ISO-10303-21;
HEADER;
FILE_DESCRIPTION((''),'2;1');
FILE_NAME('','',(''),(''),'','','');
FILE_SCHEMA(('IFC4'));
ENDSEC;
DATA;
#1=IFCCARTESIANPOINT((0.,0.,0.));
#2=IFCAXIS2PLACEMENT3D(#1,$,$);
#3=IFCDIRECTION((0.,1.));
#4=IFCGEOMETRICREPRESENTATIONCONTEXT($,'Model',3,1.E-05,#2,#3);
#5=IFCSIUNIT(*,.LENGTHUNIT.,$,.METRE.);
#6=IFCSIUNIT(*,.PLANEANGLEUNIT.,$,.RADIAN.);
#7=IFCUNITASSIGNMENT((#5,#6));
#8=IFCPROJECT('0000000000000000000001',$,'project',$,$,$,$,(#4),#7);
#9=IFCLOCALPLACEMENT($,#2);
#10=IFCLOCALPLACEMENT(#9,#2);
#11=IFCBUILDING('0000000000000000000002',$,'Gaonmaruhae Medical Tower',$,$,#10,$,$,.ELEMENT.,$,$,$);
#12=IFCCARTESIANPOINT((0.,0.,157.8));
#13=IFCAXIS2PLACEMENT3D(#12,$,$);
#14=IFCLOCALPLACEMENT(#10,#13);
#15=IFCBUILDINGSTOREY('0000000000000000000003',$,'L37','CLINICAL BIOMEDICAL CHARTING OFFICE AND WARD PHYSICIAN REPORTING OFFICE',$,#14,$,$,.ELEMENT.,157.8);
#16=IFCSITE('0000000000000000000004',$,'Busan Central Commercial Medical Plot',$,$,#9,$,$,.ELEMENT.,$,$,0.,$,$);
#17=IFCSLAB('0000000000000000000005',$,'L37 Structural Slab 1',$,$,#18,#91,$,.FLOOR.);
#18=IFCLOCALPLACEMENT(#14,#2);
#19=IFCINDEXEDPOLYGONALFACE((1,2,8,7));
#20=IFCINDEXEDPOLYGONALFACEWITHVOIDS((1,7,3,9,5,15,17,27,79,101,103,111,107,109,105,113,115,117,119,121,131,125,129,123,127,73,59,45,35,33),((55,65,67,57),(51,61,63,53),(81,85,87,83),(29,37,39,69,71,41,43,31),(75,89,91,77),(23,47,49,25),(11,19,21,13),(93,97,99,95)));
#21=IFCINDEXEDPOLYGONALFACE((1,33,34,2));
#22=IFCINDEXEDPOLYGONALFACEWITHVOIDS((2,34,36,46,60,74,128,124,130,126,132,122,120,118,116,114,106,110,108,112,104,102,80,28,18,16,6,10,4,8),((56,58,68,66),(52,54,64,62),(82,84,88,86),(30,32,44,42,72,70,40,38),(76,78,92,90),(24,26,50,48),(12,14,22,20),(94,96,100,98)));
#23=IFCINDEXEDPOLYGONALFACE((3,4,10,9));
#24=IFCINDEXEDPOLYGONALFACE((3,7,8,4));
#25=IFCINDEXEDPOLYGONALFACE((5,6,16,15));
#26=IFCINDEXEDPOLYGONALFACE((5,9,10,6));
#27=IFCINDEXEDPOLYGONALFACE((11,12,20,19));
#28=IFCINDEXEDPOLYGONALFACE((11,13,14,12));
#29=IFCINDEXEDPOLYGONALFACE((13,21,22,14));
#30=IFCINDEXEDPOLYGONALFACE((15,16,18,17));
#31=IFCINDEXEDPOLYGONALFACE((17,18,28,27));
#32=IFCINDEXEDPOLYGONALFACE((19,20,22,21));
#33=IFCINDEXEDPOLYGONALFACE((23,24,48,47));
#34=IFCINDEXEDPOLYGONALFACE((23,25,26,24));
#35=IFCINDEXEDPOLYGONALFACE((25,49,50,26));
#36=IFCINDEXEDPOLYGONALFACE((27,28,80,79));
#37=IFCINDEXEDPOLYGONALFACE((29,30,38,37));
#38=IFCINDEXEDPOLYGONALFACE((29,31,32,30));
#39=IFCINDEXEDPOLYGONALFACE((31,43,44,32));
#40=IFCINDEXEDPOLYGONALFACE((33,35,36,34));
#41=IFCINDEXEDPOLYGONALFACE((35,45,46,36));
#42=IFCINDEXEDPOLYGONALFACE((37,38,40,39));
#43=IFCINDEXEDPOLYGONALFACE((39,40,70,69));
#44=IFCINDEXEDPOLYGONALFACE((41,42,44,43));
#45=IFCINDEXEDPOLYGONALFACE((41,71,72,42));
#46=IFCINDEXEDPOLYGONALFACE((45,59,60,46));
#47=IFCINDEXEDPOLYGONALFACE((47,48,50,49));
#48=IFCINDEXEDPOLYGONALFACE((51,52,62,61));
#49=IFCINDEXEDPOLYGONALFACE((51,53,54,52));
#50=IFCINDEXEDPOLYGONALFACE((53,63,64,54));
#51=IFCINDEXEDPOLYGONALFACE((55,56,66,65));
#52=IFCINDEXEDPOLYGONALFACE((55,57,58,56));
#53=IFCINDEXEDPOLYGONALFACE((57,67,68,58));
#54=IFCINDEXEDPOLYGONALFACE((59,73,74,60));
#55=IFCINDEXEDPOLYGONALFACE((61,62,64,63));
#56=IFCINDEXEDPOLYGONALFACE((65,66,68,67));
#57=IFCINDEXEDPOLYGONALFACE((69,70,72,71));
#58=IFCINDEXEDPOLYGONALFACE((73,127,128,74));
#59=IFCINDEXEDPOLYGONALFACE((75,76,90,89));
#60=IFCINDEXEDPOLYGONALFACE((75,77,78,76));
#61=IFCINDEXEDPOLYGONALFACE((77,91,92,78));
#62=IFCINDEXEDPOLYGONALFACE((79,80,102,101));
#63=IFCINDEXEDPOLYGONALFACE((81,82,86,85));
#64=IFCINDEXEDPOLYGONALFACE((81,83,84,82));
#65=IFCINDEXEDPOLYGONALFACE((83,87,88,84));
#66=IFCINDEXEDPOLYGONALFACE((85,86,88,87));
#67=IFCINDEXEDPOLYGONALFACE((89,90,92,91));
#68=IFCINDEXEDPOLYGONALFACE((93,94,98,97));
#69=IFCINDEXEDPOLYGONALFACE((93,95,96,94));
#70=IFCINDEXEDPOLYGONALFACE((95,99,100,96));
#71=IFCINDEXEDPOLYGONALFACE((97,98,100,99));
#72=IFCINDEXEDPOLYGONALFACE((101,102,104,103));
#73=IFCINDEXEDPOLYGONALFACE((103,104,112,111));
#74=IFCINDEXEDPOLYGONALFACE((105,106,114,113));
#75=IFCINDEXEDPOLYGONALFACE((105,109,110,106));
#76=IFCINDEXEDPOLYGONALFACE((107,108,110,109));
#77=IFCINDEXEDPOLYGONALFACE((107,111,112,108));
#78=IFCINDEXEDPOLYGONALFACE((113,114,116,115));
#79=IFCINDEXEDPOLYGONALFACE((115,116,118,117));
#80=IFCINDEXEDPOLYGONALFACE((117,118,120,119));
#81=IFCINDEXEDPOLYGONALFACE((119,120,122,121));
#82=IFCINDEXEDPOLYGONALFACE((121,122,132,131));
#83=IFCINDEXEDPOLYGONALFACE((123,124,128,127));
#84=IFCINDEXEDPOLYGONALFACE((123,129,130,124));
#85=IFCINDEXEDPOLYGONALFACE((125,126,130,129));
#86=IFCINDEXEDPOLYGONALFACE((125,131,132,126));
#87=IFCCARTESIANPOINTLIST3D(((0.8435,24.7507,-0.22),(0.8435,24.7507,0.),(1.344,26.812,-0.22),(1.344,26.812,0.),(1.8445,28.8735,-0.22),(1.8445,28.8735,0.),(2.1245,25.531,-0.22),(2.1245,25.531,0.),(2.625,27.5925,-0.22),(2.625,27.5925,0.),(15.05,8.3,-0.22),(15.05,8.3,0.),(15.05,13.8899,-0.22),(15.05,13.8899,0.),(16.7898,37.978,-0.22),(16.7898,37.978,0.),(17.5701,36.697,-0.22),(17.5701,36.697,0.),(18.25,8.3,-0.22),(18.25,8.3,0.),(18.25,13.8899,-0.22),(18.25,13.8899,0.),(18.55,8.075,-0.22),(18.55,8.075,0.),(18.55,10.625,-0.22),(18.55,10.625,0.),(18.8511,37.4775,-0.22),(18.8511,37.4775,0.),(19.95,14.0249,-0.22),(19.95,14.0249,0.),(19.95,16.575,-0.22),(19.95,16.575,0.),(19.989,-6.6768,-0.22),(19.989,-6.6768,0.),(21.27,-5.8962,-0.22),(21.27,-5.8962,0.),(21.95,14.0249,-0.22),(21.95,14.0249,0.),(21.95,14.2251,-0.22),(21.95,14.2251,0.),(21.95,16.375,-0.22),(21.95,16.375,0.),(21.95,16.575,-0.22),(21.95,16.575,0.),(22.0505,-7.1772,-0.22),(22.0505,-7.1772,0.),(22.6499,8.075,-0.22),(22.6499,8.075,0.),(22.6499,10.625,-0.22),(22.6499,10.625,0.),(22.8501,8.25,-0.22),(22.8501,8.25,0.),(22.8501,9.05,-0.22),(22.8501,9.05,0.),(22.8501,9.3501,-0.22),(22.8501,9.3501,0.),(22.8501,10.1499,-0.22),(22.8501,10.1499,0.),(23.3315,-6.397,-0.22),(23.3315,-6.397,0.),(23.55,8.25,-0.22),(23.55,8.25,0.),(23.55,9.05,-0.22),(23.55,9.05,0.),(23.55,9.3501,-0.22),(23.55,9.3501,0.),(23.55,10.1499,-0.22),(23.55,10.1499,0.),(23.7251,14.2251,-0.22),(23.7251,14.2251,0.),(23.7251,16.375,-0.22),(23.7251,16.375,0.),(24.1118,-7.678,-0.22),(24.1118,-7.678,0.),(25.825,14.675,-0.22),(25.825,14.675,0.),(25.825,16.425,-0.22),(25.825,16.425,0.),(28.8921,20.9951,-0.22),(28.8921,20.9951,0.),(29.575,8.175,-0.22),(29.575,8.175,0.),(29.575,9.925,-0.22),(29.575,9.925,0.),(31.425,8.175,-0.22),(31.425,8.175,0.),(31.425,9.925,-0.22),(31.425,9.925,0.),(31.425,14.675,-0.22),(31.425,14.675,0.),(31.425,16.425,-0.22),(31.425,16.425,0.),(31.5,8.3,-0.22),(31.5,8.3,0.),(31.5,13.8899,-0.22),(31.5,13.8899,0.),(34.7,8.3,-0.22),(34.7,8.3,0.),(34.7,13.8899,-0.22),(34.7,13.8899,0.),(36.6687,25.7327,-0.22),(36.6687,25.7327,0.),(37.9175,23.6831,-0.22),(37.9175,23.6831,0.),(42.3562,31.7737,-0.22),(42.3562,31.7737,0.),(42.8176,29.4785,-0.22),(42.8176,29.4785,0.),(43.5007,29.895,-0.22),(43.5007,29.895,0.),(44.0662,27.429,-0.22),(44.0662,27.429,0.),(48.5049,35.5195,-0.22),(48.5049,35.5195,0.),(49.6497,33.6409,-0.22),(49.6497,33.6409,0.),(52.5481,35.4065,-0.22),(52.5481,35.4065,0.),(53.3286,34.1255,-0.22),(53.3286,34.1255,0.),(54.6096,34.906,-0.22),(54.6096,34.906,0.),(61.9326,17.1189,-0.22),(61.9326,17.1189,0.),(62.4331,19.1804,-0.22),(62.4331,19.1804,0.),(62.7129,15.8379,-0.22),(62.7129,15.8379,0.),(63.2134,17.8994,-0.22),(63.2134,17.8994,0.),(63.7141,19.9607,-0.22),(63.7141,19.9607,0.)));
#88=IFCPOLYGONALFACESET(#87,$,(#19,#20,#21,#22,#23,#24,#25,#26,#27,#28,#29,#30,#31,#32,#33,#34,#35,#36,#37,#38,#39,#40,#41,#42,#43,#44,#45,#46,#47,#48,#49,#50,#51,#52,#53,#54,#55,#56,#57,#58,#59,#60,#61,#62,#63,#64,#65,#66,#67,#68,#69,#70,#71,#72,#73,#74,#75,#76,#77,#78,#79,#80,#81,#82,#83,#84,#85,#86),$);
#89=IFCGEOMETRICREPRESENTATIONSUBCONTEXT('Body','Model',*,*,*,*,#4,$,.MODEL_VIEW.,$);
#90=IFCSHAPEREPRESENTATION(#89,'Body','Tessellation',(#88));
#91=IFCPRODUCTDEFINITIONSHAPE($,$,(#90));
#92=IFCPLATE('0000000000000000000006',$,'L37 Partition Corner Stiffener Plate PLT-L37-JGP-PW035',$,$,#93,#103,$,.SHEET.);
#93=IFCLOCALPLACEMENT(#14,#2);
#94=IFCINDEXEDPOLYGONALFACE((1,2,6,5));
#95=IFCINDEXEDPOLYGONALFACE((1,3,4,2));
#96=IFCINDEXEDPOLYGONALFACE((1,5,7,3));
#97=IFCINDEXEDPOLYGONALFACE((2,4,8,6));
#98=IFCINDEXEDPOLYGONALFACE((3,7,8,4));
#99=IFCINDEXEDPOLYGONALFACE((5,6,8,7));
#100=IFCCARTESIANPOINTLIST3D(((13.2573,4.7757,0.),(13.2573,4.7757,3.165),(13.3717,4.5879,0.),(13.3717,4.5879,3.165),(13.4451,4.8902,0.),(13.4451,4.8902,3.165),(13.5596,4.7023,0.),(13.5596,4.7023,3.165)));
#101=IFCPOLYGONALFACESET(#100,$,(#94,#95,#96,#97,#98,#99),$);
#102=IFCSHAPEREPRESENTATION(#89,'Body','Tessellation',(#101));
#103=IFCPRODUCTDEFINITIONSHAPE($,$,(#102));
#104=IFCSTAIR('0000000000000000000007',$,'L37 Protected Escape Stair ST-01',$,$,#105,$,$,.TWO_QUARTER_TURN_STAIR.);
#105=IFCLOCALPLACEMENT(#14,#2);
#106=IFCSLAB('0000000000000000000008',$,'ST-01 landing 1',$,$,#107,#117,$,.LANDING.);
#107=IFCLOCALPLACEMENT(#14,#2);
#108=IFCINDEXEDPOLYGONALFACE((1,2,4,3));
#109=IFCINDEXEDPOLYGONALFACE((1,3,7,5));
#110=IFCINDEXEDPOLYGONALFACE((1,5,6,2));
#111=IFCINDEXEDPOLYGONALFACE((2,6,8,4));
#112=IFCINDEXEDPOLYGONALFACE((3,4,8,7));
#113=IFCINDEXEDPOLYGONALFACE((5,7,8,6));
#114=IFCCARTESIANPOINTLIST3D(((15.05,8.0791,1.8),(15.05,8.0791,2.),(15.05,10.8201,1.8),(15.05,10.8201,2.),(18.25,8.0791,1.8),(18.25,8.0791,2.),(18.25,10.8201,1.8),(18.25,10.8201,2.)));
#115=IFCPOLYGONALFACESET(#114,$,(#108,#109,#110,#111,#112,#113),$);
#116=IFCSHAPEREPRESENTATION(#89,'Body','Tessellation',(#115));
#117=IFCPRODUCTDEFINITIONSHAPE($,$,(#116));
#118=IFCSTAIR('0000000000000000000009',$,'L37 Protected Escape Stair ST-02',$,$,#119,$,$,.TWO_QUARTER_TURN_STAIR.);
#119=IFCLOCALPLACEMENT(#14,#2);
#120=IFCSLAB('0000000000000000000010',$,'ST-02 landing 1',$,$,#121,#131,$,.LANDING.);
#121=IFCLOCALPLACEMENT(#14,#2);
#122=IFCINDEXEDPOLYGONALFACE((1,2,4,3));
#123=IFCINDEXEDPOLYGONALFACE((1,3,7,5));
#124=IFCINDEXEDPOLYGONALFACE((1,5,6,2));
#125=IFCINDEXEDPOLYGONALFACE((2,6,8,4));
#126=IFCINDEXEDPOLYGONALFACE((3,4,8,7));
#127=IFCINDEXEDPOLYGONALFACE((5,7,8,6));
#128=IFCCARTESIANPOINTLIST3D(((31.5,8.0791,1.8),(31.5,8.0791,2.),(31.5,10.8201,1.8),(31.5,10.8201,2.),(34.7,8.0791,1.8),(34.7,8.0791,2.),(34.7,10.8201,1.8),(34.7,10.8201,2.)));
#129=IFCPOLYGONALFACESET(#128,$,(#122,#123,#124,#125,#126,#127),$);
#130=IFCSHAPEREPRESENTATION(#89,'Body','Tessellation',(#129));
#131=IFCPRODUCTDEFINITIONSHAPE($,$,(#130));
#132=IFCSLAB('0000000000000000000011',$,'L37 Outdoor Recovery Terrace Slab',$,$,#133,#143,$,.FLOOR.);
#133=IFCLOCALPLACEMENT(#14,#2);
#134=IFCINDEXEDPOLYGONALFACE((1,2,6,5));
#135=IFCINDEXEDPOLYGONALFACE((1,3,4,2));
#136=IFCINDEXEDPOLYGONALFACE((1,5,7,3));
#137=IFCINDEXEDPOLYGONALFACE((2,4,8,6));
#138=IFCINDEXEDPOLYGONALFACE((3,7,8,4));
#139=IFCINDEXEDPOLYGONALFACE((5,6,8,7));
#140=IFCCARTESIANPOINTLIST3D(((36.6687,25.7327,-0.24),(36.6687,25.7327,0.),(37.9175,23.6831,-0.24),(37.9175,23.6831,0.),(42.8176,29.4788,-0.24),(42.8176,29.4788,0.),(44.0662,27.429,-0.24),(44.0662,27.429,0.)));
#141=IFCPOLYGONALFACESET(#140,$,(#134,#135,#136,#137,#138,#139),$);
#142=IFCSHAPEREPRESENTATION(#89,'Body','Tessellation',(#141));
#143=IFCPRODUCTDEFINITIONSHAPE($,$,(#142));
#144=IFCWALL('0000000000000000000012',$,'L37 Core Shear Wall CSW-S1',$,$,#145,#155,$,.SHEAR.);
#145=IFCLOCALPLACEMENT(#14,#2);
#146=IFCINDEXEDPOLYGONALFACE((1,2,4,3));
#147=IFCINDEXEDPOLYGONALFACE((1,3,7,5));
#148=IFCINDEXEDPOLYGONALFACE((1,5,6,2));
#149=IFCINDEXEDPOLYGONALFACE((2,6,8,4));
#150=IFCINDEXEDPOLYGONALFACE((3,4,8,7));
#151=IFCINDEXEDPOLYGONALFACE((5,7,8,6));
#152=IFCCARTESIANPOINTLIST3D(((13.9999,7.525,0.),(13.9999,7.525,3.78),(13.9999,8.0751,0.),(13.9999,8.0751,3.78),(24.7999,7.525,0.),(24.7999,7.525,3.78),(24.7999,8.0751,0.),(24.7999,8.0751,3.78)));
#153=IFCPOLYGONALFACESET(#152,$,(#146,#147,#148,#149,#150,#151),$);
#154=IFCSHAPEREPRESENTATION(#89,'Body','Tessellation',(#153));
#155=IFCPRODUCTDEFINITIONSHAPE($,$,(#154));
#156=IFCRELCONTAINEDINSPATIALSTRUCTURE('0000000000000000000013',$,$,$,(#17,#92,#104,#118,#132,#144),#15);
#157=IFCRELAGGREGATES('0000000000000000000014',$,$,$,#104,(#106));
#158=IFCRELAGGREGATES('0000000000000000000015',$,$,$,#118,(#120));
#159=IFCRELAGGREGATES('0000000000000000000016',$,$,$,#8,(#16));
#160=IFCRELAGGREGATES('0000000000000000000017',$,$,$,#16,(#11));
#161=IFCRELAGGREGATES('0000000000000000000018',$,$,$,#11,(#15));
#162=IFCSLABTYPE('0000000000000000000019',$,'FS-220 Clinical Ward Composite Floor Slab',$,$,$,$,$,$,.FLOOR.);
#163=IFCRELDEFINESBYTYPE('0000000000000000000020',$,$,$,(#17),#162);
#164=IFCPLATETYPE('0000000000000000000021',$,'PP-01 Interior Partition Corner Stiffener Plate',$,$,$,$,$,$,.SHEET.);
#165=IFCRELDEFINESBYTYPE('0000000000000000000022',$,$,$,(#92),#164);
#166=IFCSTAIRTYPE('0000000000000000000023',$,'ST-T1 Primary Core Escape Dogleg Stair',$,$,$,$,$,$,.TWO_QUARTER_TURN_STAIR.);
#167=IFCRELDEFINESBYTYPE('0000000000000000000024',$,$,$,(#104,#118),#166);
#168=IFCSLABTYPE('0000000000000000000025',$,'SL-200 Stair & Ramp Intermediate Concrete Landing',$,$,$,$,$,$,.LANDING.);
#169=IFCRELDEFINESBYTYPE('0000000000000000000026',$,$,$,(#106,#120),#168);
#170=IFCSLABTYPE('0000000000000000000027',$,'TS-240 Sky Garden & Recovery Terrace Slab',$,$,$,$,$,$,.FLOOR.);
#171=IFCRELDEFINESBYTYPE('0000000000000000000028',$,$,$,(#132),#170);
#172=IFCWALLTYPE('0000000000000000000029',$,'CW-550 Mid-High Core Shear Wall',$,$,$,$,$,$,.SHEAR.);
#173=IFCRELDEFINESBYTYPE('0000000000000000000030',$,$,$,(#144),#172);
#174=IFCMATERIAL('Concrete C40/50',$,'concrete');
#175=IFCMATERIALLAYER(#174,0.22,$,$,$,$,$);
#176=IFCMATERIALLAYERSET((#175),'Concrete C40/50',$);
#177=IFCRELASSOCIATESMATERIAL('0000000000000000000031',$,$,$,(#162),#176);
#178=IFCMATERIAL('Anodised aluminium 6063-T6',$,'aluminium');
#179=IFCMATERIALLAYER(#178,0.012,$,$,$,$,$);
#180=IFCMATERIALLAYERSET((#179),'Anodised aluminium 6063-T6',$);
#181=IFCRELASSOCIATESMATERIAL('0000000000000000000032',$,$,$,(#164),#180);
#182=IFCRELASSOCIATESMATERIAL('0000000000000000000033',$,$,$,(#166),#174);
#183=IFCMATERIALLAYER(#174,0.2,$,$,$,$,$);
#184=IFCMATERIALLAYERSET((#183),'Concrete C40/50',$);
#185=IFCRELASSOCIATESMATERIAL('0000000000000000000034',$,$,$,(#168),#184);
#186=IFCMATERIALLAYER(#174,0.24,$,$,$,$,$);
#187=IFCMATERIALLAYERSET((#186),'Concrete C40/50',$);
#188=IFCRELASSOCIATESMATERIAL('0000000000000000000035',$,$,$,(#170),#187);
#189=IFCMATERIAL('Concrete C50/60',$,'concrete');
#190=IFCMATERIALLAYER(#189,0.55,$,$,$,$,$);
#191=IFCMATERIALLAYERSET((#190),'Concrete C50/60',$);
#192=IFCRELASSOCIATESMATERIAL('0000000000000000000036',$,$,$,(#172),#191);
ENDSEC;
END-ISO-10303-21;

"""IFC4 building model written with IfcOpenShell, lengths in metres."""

from ifc_helpers import new_model, si_unit, direction, frame, frame_2d, origin, origin_2d, place, context, subcontext, project, spatial, polyline, rectangle, outline, extrude, material, layer, layer_set, type_object, element, aggregate, save


model = new_model("IFC4")

# Units and contexts
model_context = context("Model", 3, precision=1e-05, world=origin(), true_north=direction((0.0, 1.0)))
body_context = subcontext(model_context, "Body", "Model", "MODEL_VIEW")
ifc_project = project(units=[si_unit("LENGTHUNIT", "METRE"), si_unit("PLANEANGLEUNIT", "RADIAN")], contexts=[model_context])

# Site, building, storey
site_placement = place(None, origin())
site = spatial("IfcSite", under=ifc_project, at=site_placement, Name="Busan Central Commercial Medical Plot", CompositionType="ELEMENT", RefElevation=0.0)
building_placement = place(site_placement, origin())
building = spatial("IfcBuilding", under=site, at=building_placement, Name="Gaonmaruhae Medical Tower", CompositionType="ELEMENT")
storey_placement = place(building_placement, frame((0.0, 0.0, 157.8)))
storey = spatial("IfcBuildingStorey", under=building, at=storey_placement, Name="L37", Description="CLINICAL BIOMEDICAL CHARTING OFFICE AND WARD PHYSICIAN REPORTING OFFICE", CompositionType="ELEMENT", Elevation=157.8)

# Shared definitions
ifc_material_1 = material(Name="Concrete C50/60", Category="concrete")

# Slab
ifc_material_2 = material(Name="Concrete C40/50", Category="concrete")
ifc_layer_1 = layer(ifc_material_2, 0.22)
ifc_layer_set_1 = layer_set([ifc_layer_1], Name="Concrete C40/50")
slab_type_1 = type_object("IfcSlabType", Name="FS-220 Clinical Ward Composite Floor Slab", PredefinedType="FLOOR", material=ifc_layer_set_1)
slab_1_placement = place(storey_placement, frame((0.0, 0.0, -0.22)))
element("IfcSlab", 1, at=slab_1_placement, inside=storey, type_object=slab_type_1, Name="L37 Structural Slab 1", PredefinedType="FLOOR", context=body_context, shape_type="SweptSolid", body=[
    extrude(outline(polyline([(53.3286, 34.1255), (54.6096, 34.906), (63.7141, 19.9607), (62.4331, 19.1804), (63.2134, 17.8994), (61.9326, 17.1189), (62.7129, 15.8379), (24.1118, -7.678), (23.3315, -6.397), (22.0505, -7.1772), (21.27, -5.8962), (19.989, -6.6768), (0.8435, 24.7507), (2.1245, 25.531), (1.344, 26.812), (2.625, 27.5925), (1.8445, 28.8735), (16.7898, 37.978), (17.5701, 36.697), (18.8511, 37.4775), (28.8921, 20.9951), (36.6687, 25.7327), (37.9175, 23.6831), (44.0662, 27.429), (42.8176, 29.4785), (43.5007, 29.895), (42.3562, 31.7737), (48.5049, 35.5195), (49.6497, 33.6409), (52.5481, 35.4065), (53.3286, 34.1255)]), holes=[polyline([(23.55, 8.25), (22.8501, 8.25), (22.8501, 9.05), (23.55, 9.05), (23.55, 8.25)]), polyline([(31.425, 9.925), (31.425, 8.175), (29.575, 8.175), (29.575, 9.925), (31.425, 9.925)]), polyline([(22.6499, 10.625), (22.6499, 8.075), (18.55, 8.075), (18.55, 10.625), (22.6499, 10.625)]), polyline([(23.55, 9.3501), (22.8501, 9.3501), (22.8501, 10.1499), (23.55, 10.1499), (23.55, 9.3501)]), polyline([(15.05, 13.8899), (18.25, 13.8899), (18.25, 8.3), (15.05, 8.3), (15.05, 13.8899)]), polyline([(31.5, 13.8899), (34.7, 13.8899), (34.7, 8.3), (31.5, 8.3), (31.5, 13.8899)]), polyline([(21.95, 14.2251), (21.95, 14.0249), (19.95, 14.0249), (19.95, 16.575), (21.95, 16.575), (21.95, 16.375), (23.7251, 16.375), (23.7251, 14.2251), (21.95, 14.2251)]), polyline([(31.425, 16.425), (31.425, 14.675), (25.825, 14.675), (25.825, 16.425), (31.425, 16.425)])]), origin(), (0.0, 0.0, 1.0), 0.22),
])

# Plate
ifc_material_3 = material(Name="Anodised aluminium 6063-T6", Category="aluminium")
ifc_layer_2 = layer(ifc_material_3, 0.012)
ifc_layer_set_2 = layer_set([ifc_layer_2], Name="Anodised aluminium 6063-T6")
plate_type = type_object("IfcPlateType", Name="PP-01 Interior Partition Corner Stiffener Plate", PredefinedType="SHEET", material=ifc_layer_set_2)
plate_placement = place(storey_placement, frame((13.4084, 4.739, 0.0), z_axis=(0.0, 0.0, 1.0), x_axis=(-0.520294, 0.853987, 0.0)))
element("IfcPlate", 2, at=plate_placement, inside=storey, type_object=plate_type, Name="L37 Partition Corner Stiffener Plate PLT-L37-JGP-PW035", PredefinedType="SHEET", context=body_context, shape_type="SweptSolid", body=[
    extrude(rectangle(XDim=0.22, YDim=0.22, at=origin_2d()), origin(), (0.0, 0.0, 1.0), 3.165),
])

# Stairs, slabs
stair_type = type_object("IfcStairType", Name="ST-T1 Primary Core Escape Dogleg Stair", PredefinedType="TWO_QUARTER_TURN_STAIR", material=ifc_material_2)
stair_1_placement = place(storey_placement, origin())
stair_1 = element("IfcStair", 3, at=stair_1_placement, inside=storey, type_object=stair_type, Name="L37 Protected Escape Stair ST-01", PredefinedType="TWO_QUARTER_TURN_STAIR")
ifc_layer_3 = layer(ifc_material_2, 0.2)
ifc_layer_set_3 = layer_set([ifc_layer_3], Name="Concrete C40/50")
slab_type_2 = type_object("IfcSlabType", Name="SL-200 Stair & Ramp Intermediate Concrete Landing", PredefinedType="LANDING", material=ifc_layer_set_3)
slab_2_placement = place(storey_placement, frame((0.0, 0.0, 1.8)))
slab_2 = element("IfcSlab", 4, at=slab_2_placement, type_object=slab_type_2, Name="ST-01 landing 1", PredefinedType="LANDING", context=body_context, shape_type="SweptSolid", body=[
    extrude(outline(polyline([(15.05, 10.8201), (15.05, 8.0791), (18.25, 8.0791), (18.25, 10.8201), (15.05, 10.8201)])), origin(), (0.0, 0.0, 1.0), 0.2),
])
aggregate(stair_1, [slab_2])
stair_2_placement = place(storey_placement, origin())
stair_2 = element("IfcStair", 5, at=stair_2_placement, inside=storey, type_object=stair_type, Name="L37 Protected Escape Stair ST-02", PredefinedType="TWO_QUARTER_TURN_STAIR")
slab_3_placement = place(storey_placement, frame((0.0, 0.0, 1.8)))
slab_3 = element("IfcSlab", 6, at=slab_3_placement, type_object=slab_type_2, Name="ST-02 landing 1", PredefinedType="LANDING", context=body_context, shape_type="SweptSolid", body=[
    extrude(outline(polyline([(31.5, 10.8201), (31.5, 8.0791), (34.7, 8.0791), (34.7, 10.8201), (31.5, 10.8201)])), origin(), (0.0, 0.0, 1.0), 0.2),
])
aggregate(stair_2, [slab_3])

# Slab
ifc_layer_4 = layer(ifc_material_2, 0.24)
ifc_layer_set_4 = layer_set([ifc_layer_4], Name="Concrete C40/50")
slab_type_3 = type_object("IfcSlabType", Name="TS-240 Sky Garden & Recovery Terrace Slab", PredefinedType="FLOOR", material=ifc_layer_set_4)
slab_4_placement = place(storey_placement, frame((0.0, 0.0, -0.24)))
element("IfcSlab", 7, at=slab_4_placement, inside=storey, type_object=slab_type_3, Name="L37 Outdoor Recovery Terrace Slab", PredefinedType="FLOOR", context=body_context, shape_type="SweptSolid", body=[
    extrude(outline(polyline([(37.9175, 23.6831), (44.0662, 27.429), (42.8176, 29.4788), (36.6687, 25.7327), (37.9175, 23.6831)])), origin(), (0.0, 0.0, 1.0), 0.24),
])

# Wall
ifc_layer_5 = layer(ifc_material_1, 0.55)
ifc_layer_set_5 = layer_set([ifc_layer_5], Name="Concrete C50/60")
wall_type_1 = type_object("IfcWallType", Name="CW-550 Mid-High Core Shear Wall", PredefinedType="SHEAR", material=ifc_layer_set_5)
wall_1_placement = place(storey_placement, frame((14.0, 7.8, 0.0), z_axis=(0.0, 0.0, 1.0), x_axis=(1.0, 0.0, 0.0)))
element("IfcWall", 8, at=wall_1_placement, inside=storey, type_object=wall_type_1, Name="L37 Core Shear Wall CSW-S1", PredefinedType="SHEAR", context=body_context, shape_type="SweptSolid", body=[
    extrude(rectangle(XDim=10.8, YDim=0.55, at=frame_2d((5.3999, 0.0))), origin(), (0.0, 0.0, 1.0), 3.78),
])

save(model, "model.ifc")
